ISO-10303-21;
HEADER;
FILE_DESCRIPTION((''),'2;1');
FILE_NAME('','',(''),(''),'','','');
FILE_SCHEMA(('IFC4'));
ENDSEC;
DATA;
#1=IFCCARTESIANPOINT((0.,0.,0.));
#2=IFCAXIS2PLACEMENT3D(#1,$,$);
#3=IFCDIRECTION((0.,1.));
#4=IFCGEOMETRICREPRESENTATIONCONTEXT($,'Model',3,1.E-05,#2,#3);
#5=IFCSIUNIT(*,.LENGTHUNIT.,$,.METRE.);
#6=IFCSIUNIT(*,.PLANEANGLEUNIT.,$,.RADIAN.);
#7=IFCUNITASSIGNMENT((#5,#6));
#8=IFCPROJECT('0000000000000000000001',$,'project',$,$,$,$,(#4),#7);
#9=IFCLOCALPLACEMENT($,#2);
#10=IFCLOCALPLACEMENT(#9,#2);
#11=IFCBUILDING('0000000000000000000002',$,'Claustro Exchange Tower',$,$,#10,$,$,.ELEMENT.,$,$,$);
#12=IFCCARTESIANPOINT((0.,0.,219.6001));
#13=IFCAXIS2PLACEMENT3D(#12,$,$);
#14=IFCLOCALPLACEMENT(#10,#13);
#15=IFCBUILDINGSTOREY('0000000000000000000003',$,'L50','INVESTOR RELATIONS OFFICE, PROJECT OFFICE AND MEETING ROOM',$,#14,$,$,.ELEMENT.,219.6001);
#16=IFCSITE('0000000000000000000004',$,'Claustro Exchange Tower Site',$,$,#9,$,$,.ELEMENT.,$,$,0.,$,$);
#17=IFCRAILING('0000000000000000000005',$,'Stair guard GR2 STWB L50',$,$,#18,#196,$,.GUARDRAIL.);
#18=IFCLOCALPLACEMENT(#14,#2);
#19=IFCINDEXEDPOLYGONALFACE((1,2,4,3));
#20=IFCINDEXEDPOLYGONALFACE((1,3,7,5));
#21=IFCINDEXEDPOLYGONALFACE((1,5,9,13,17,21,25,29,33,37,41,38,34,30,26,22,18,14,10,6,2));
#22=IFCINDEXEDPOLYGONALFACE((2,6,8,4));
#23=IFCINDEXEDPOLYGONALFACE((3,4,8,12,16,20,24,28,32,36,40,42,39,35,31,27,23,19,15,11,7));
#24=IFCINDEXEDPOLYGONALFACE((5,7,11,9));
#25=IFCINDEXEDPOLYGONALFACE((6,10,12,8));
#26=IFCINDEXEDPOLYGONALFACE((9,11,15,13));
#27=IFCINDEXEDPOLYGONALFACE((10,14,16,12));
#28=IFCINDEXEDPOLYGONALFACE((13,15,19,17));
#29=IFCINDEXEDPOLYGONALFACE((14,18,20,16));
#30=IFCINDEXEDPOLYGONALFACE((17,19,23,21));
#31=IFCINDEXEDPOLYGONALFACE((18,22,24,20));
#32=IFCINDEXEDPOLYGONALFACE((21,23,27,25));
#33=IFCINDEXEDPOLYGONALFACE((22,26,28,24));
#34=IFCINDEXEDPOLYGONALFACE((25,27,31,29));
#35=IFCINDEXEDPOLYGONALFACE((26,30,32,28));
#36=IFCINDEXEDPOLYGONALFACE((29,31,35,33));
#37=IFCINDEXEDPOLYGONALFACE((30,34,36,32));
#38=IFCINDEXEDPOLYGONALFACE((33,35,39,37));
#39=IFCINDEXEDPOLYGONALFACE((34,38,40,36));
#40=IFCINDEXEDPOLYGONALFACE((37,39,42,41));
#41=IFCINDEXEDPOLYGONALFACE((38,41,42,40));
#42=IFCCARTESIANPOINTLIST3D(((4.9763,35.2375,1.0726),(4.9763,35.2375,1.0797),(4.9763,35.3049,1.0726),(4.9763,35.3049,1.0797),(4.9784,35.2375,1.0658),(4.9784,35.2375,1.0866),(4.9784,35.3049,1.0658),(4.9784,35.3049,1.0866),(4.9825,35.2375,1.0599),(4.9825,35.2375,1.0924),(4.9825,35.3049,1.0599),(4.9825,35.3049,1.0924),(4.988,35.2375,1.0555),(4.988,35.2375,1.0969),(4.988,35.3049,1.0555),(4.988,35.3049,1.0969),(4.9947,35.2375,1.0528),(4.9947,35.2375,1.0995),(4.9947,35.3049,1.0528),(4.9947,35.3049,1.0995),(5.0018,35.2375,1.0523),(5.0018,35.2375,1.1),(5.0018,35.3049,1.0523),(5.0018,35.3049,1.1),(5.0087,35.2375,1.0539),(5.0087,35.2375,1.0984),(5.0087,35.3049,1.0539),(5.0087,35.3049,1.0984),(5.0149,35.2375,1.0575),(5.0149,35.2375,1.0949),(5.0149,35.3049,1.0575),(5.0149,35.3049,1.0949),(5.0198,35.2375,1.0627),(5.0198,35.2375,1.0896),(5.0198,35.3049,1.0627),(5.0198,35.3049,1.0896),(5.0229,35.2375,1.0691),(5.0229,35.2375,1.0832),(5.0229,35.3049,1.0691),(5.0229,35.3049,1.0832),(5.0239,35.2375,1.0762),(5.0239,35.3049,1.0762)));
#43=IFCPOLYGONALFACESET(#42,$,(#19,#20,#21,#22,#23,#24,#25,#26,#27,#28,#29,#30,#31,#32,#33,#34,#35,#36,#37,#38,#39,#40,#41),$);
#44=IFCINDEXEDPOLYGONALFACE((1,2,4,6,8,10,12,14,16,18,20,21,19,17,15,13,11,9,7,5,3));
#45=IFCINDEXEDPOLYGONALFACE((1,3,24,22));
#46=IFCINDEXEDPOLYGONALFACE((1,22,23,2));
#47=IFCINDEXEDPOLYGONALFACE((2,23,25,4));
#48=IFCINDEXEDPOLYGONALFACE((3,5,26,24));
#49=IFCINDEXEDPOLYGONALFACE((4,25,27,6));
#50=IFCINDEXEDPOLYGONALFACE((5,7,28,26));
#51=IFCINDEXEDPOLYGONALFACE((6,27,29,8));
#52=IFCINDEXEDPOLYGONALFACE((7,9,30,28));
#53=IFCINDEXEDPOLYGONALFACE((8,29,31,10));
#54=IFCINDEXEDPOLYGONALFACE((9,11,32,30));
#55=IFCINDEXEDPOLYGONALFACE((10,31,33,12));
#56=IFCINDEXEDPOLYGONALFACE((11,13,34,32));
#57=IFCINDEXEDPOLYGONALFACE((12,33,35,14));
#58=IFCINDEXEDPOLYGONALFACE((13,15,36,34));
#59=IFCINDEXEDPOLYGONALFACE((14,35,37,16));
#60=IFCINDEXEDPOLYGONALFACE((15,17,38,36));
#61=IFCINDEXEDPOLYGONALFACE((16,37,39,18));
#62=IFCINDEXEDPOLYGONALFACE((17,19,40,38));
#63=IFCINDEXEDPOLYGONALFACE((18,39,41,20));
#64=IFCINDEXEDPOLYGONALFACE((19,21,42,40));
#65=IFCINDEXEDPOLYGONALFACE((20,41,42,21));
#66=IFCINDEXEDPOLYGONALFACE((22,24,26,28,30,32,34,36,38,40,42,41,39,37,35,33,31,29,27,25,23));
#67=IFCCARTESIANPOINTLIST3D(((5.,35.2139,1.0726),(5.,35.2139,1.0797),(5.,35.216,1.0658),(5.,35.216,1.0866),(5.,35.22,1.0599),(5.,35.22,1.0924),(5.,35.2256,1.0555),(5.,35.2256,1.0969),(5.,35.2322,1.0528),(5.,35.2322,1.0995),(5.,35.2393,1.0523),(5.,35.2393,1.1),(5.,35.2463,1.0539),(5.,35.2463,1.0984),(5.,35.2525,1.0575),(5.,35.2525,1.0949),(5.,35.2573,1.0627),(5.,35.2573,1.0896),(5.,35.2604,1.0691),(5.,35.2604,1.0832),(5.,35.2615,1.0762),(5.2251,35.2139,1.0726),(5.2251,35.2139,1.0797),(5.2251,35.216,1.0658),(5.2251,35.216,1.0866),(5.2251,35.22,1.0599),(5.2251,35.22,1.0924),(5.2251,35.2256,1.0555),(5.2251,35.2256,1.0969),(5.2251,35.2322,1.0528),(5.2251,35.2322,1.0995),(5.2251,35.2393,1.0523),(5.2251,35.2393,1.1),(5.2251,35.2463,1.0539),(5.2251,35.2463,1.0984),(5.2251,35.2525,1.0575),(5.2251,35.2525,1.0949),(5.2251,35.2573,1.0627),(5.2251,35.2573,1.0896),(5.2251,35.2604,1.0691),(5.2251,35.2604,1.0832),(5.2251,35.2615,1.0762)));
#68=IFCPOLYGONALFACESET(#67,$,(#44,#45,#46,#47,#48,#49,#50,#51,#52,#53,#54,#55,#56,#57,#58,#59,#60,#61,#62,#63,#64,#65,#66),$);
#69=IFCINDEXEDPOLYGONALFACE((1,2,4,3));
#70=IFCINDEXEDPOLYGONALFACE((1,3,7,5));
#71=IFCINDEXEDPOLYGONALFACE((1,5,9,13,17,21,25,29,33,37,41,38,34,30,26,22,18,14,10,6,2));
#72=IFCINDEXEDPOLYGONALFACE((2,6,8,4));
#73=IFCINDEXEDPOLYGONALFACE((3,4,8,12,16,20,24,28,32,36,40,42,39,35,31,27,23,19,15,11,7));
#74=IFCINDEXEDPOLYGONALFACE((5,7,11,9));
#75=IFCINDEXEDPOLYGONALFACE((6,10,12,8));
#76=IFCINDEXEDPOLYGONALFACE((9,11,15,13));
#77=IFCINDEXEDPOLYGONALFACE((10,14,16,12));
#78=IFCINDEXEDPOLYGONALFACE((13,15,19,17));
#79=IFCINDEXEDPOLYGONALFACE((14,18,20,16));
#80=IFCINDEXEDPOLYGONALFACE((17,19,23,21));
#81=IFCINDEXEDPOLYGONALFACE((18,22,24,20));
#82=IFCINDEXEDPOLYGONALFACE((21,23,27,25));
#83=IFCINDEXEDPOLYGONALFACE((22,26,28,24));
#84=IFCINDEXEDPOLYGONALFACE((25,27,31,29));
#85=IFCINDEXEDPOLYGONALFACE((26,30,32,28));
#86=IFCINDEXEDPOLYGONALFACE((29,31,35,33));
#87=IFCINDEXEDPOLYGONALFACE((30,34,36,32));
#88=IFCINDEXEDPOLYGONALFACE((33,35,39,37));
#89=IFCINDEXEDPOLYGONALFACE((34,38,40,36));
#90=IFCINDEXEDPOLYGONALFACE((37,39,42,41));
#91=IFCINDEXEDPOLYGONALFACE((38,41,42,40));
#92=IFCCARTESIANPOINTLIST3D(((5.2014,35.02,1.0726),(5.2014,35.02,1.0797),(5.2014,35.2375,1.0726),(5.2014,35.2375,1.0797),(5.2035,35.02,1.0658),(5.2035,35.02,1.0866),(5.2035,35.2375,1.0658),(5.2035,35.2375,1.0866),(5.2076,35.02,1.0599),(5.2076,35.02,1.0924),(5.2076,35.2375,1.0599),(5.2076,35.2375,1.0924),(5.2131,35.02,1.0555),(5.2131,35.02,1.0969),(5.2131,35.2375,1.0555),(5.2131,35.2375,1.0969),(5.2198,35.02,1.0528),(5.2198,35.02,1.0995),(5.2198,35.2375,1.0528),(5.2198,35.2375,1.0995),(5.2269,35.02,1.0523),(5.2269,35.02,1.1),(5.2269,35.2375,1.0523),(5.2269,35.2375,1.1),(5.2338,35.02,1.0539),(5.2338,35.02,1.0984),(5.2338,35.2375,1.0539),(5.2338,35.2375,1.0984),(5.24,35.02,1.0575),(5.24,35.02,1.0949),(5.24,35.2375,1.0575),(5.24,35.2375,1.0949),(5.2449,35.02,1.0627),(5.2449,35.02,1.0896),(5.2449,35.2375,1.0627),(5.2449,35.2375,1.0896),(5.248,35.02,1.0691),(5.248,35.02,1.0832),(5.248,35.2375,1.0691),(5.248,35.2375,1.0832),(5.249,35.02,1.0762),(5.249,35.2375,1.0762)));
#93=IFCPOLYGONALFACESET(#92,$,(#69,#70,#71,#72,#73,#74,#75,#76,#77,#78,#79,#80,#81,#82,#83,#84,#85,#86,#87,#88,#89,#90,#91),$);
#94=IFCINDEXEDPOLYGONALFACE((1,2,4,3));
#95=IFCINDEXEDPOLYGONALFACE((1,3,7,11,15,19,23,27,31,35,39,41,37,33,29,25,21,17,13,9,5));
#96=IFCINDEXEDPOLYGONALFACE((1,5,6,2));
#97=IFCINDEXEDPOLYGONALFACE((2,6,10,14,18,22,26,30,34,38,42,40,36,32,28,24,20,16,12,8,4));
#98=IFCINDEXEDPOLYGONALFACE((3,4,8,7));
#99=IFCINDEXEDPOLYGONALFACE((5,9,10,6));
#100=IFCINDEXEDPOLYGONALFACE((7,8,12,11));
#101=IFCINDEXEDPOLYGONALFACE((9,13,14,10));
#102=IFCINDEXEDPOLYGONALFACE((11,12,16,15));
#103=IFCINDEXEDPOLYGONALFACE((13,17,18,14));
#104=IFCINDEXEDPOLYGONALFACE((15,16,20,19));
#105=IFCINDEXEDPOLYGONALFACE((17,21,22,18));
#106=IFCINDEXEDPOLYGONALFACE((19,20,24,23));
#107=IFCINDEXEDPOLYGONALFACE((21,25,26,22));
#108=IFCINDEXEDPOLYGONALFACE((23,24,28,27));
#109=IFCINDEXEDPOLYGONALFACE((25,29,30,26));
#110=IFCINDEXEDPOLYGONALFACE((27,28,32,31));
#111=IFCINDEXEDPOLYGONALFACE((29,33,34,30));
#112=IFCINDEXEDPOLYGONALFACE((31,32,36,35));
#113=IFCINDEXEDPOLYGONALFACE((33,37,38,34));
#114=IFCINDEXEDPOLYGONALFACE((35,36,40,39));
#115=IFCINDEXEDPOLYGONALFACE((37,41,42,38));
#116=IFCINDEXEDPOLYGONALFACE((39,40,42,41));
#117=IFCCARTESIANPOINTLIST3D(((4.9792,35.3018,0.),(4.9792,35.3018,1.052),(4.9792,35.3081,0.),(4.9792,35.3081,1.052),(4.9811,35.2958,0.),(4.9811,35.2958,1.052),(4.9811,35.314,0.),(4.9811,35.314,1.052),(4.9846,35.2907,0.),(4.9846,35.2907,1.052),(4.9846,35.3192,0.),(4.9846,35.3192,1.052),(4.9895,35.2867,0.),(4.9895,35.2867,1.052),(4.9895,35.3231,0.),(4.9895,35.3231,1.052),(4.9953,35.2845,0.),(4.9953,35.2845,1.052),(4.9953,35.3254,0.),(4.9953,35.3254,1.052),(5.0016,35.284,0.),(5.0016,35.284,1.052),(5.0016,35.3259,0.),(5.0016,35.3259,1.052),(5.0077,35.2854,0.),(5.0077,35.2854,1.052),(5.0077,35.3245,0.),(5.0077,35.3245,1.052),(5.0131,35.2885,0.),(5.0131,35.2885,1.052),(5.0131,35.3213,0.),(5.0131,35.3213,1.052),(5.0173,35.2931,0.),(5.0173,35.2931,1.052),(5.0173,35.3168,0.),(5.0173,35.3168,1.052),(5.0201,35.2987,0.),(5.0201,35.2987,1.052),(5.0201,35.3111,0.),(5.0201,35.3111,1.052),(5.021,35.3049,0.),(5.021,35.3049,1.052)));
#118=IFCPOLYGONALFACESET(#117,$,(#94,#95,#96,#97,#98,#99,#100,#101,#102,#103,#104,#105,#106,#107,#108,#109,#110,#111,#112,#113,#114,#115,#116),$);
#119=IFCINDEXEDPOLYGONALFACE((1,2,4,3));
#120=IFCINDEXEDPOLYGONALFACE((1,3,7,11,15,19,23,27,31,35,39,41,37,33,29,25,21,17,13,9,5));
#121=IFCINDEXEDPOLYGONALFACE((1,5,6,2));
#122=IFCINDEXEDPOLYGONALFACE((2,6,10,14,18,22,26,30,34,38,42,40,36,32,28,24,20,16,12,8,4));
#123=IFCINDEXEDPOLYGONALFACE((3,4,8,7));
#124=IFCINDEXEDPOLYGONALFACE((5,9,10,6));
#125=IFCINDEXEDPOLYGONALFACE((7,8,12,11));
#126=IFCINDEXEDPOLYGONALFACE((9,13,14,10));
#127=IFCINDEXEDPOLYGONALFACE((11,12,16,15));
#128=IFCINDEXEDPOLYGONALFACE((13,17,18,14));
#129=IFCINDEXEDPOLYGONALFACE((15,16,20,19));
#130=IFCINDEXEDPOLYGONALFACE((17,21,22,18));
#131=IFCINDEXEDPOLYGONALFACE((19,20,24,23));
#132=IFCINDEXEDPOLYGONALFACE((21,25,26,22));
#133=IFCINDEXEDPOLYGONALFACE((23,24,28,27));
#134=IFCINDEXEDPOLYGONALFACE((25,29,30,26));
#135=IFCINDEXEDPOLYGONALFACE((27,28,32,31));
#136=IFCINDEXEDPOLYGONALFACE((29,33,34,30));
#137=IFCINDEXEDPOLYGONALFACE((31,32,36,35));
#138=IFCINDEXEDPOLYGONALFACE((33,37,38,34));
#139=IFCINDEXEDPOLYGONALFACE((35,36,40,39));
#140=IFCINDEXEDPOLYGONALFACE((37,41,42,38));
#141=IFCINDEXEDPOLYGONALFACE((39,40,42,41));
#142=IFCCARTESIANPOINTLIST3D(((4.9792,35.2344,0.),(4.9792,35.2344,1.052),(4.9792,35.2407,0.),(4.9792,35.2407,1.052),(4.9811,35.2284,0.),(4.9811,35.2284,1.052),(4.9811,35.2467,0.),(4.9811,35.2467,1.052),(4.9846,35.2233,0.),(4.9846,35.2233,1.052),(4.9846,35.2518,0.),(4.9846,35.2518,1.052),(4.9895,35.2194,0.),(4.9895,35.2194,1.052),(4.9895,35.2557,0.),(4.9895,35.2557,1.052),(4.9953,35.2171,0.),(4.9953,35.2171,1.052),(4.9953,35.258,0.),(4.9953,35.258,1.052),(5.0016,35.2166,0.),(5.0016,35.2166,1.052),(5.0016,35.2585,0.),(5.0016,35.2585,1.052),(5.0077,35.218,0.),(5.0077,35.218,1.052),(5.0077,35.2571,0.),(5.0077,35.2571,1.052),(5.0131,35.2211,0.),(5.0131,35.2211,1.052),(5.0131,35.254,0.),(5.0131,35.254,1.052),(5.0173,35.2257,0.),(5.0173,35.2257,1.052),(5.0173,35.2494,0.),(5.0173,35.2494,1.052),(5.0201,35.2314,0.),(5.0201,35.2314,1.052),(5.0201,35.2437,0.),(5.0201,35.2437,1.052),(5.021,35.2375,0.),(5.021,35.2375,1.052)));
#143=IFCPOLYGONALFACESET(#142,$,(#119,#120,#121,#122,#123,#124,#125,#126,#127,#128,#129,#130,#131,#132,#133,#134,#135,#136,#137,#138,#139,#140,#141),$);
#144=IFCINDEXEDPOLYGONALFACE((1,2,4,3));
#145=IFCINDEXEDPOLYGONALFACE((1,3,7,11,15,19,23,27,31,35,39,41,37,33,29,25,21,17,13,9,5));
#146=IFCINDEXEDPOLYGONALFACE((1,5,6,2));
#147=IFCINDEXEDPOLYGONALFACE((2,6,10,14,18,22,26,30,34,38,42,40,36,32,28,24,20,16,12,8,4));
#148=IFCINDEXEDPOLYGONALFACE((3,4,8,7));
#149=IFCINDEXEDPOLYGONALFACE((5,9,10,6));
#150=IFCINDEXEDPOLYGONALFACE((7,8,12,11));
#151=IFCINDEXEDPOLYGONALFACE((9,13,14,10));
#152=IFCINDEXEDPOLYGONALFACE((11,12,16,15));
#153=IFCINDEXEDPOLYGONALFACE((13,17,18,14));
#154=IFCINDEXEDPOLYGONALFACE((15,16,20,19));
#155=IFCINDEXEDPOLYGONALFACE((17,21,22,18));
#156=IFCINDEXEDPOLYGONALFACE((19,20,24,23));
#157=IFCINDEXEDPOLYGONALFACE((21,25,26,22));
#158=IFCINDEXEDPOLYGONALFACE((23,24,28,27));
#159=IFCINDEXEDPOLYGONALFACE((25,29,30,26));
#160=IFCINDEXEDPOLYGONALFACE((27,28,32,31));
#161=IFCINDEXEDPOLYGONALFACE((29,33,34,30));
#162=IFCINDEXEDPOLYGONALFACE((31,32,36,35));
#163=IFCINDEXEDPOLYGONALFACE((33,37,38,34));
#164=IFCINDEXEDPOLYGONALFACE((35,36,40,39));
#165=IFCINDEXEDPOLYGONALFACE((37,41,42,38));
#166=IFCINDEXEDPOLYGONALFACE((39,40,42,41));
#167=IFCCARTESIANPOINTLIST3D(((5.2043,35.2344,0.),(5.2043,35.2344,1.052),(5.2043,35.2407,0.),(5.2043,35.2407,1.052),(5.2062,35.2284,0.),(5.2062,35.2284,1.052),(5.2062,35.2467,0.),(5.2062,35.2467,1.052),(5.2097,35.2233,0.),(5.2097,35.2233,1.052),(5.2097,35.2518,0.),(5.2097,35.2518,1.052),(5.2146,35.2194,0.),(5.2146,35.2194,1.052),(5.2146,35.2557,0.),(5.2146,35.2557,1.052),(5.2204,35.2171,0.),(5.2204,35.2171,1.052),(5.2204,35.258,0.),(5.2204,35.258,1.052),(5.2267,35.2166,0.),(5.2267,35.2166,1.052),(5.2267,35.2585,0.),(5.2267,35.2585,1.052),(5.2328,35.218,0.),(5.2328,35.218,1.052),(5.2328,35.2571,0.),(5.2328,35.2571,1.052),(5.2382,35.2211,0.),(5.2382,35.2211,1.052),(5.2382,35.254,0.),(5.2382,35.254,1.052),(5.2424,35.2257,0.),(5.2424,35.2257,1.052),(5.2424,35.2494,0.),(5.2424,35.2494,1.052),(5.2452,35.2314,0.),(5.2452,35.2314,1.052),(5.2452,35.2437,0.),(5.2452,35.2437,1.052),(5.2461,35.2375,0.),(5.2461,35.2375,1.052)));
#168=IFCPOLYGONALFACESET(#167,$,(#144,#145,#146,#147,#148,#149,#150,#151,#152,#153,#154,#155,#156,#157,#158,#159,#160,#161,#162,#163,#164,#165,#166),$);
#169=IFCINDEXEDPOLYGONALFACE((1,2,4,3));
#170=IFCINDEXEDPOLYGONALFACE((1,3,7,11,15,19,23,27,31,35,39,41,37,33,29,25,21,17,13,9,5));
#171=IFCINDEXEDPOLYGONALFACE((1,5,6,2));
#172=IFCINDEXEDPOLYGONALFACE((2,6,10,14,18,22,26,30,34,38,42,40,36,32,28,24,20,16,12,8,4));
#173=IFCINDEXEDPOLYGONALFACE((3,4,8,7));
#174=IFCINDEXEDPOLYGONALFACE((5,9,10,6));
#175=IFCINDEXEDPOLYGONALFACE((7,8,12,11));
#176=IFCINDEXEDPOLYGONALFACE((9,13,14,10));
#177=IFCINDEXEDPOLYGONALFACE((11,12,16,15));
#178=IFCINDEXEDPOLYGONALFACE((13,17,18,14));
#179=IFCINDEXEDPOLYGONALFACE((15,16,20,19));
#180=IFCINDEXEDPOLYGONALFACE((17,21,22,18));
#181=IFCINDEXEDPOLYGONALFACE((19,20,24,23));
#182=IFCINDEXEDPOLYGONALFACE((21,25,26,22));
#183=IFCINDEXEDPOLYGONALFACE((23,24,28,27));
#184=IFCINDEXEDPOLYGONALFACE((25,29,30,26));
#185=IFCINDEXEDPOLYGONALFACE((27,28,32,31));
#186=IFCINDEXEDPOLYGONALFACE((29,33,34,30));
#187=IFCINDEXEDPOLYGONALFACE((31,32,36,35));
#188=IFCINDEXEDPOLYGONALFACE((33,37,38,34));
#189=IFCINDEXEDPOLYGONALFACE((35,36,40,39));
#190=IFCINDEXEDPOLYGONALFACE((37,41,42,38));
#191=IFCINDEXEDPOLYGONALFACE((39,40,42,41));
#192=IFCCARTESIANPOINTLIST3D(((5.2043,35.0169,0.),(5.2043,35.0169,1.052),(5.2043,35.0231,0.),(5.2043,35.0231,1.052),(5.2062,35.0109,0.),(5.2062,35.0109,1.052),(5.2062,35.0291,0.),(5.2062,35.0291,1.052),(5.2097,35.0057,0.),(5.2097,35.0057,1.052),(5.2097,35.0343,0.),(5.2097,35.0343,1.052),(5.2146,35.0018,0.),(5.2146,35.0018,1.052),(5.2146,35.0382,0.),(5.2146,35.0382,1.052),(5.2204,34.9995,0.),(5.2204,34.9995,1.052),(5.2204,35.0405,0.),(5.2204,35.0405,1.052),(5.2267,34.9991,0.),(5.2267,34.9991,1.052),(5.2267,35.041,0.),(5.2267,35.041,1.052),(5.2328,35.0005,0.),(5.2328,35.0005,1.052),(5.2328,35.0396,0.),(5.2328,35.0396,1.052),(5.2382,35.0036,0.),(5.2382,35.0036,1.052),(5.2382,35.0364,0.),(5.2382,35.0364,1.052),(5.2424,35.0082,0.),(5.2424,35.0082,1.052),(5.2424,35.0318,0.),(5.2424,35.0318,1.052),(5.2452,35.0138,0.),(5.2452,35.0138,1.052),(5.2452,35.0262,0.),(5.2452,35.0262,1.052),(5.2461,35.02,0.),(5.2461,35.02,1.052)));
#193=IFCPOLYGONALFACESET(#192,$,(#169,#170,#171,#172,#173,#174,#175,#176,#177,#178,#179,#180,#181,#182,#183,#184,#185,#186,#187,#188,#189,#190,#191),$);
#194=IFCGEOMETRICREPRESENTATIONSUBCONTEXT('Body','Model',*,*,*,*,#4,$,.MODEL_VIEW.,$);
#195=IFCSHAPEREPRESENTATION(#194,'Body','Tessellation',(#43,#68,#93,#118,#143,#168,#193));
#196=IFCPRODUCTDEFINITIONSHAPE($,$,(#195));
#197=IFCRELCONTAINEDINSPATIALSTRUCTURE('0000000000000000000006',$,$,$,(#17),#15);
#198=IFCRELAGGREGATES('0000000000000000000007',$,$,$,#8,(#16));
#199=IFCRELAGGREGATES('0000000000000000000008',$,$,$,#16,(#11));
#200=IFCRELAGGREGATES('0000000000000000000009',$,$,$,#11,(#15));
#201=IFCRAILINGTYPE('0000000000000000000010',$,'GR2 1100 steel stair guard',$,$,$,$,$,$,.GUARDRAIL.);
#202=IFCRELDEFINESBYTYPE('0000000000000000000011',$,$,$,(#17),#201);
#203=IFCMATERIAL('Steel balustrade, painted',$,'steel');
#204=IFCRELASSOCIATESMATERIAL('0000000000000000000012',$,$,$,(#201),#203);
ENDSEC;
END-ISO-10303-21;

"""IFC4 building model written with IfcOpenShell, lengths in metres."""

from ifc_helpers import new_model, si_unit, direction, frame, origin, origin_2d, place, context, subcontext, project, spatial, circle, extrude, material, type_object, element, save


model = new_model("IFC4")

# Units and contexts
model_context = context("Model", 3, precision=1e-05, world=origin(), true_north=direction((0.0, 1.0)))
body_context = subcontext(model_context, "Body", "Model", "MODEL_VIEW")
ifc_project = project(units=[si_unit("LENGTHUNIT", "METRE"), si_unit("PLANEANGLEUNIT", "RADIAN")], contexts=[model_context])

# Site, building, storey
site_placement = place(None, origin())
site = spatial("IfcSite", under=ifc_project, at=site_placement, Name="Claustro Exchange Tower Site", CompositionType="ELEMENT", RefElevation=0.0)
building_placement = place(site_placement, origin())
building = spatial("IfcBuilding", under=site, at=building_placement, Name="Claustro Exchange Tower", CompositionType="ELEMENT")
storey_placement = place(building_placement, frame((0.0, 0.0, 219.6001)))
storey = spatial("IfcBuildingStorey", under=building, at=storey_placement, Name="L50", Description="INVESTOR RELATIONS OFFICE, PROJECT OFFICE AND MEETING ROOM", CompositionType="ELEMENT", Elevation=219.6001)

# Railing
ifc_material_1 = material(Name="Steel balustrade, painted", Category="steel")
railing_type_1 = type_object("IfcRailingType", Name="GR2 1100 steel stair guard", PredefinedType="GUARDRAIL", material=ifc_material_1)
railing_1_placement = place(storey_placement, frame((5.0, 35.3049, 0.0)))
element("IfcRailing", 1, at=railing_1_placement, inside=storey, type_object=railing_type_1, Name="Stair guard GR2 STWB L50", PredefinedType="GUARDRAIL", context=body_context, shape_type="SweptSolid", body=[
    extrude(circle(Radius=0.0239, at=origin_2d()), frame((0.0, 0.0, 1.0762), z_axis=(0.0, -1.0, 0.0), x_axis=(1.0, 0.0, 0.0)), (0.0, 0.0, 1.0), 0.0674),
    extrude(circle(Radius=0.0239, at=origin_2d()), frame((0.0, -0.0674, 1.0762), z_axis=(1.0, 0.0, 0.0), x_axis=(0.0, 1.0, 0.0)), (0.0, 0.0, 1.0), 0.2251),
    extrude(circle(Radius=0.0239, at=origin_2d()), frame((0.2251, -0.0674, 1.0762), z_axis=(0.0, -1.0, 0.0), x_axis=(1.0, 0.0, 0.0)), (0.0, 0.0, 1.0), 0.2175),
    extrude(circle(Radius=0.021, at=origin_2d()), origin(), (0.0, 0.0, 1.0), 1.052),
    extrude(circle(Radius=0.021, at=origin_2d()), frame((0.0, -0.0674, 0.0)), (0.0, 0.0, 1.0), 1.052),
    extrude(circle(Radius=0.021, at=origin_2d()), frame((0.2251, -0.0674, 0.0)), (0.0, 0.0, 1.0), 1.052),
    extrude(circle(Radius=0.021, at=origin_2d()), frame((0.2251, -0.2849, 0.0)), (0.0, 0.0, 1.0), 1.052),
])

save(model, "model.ifc")
